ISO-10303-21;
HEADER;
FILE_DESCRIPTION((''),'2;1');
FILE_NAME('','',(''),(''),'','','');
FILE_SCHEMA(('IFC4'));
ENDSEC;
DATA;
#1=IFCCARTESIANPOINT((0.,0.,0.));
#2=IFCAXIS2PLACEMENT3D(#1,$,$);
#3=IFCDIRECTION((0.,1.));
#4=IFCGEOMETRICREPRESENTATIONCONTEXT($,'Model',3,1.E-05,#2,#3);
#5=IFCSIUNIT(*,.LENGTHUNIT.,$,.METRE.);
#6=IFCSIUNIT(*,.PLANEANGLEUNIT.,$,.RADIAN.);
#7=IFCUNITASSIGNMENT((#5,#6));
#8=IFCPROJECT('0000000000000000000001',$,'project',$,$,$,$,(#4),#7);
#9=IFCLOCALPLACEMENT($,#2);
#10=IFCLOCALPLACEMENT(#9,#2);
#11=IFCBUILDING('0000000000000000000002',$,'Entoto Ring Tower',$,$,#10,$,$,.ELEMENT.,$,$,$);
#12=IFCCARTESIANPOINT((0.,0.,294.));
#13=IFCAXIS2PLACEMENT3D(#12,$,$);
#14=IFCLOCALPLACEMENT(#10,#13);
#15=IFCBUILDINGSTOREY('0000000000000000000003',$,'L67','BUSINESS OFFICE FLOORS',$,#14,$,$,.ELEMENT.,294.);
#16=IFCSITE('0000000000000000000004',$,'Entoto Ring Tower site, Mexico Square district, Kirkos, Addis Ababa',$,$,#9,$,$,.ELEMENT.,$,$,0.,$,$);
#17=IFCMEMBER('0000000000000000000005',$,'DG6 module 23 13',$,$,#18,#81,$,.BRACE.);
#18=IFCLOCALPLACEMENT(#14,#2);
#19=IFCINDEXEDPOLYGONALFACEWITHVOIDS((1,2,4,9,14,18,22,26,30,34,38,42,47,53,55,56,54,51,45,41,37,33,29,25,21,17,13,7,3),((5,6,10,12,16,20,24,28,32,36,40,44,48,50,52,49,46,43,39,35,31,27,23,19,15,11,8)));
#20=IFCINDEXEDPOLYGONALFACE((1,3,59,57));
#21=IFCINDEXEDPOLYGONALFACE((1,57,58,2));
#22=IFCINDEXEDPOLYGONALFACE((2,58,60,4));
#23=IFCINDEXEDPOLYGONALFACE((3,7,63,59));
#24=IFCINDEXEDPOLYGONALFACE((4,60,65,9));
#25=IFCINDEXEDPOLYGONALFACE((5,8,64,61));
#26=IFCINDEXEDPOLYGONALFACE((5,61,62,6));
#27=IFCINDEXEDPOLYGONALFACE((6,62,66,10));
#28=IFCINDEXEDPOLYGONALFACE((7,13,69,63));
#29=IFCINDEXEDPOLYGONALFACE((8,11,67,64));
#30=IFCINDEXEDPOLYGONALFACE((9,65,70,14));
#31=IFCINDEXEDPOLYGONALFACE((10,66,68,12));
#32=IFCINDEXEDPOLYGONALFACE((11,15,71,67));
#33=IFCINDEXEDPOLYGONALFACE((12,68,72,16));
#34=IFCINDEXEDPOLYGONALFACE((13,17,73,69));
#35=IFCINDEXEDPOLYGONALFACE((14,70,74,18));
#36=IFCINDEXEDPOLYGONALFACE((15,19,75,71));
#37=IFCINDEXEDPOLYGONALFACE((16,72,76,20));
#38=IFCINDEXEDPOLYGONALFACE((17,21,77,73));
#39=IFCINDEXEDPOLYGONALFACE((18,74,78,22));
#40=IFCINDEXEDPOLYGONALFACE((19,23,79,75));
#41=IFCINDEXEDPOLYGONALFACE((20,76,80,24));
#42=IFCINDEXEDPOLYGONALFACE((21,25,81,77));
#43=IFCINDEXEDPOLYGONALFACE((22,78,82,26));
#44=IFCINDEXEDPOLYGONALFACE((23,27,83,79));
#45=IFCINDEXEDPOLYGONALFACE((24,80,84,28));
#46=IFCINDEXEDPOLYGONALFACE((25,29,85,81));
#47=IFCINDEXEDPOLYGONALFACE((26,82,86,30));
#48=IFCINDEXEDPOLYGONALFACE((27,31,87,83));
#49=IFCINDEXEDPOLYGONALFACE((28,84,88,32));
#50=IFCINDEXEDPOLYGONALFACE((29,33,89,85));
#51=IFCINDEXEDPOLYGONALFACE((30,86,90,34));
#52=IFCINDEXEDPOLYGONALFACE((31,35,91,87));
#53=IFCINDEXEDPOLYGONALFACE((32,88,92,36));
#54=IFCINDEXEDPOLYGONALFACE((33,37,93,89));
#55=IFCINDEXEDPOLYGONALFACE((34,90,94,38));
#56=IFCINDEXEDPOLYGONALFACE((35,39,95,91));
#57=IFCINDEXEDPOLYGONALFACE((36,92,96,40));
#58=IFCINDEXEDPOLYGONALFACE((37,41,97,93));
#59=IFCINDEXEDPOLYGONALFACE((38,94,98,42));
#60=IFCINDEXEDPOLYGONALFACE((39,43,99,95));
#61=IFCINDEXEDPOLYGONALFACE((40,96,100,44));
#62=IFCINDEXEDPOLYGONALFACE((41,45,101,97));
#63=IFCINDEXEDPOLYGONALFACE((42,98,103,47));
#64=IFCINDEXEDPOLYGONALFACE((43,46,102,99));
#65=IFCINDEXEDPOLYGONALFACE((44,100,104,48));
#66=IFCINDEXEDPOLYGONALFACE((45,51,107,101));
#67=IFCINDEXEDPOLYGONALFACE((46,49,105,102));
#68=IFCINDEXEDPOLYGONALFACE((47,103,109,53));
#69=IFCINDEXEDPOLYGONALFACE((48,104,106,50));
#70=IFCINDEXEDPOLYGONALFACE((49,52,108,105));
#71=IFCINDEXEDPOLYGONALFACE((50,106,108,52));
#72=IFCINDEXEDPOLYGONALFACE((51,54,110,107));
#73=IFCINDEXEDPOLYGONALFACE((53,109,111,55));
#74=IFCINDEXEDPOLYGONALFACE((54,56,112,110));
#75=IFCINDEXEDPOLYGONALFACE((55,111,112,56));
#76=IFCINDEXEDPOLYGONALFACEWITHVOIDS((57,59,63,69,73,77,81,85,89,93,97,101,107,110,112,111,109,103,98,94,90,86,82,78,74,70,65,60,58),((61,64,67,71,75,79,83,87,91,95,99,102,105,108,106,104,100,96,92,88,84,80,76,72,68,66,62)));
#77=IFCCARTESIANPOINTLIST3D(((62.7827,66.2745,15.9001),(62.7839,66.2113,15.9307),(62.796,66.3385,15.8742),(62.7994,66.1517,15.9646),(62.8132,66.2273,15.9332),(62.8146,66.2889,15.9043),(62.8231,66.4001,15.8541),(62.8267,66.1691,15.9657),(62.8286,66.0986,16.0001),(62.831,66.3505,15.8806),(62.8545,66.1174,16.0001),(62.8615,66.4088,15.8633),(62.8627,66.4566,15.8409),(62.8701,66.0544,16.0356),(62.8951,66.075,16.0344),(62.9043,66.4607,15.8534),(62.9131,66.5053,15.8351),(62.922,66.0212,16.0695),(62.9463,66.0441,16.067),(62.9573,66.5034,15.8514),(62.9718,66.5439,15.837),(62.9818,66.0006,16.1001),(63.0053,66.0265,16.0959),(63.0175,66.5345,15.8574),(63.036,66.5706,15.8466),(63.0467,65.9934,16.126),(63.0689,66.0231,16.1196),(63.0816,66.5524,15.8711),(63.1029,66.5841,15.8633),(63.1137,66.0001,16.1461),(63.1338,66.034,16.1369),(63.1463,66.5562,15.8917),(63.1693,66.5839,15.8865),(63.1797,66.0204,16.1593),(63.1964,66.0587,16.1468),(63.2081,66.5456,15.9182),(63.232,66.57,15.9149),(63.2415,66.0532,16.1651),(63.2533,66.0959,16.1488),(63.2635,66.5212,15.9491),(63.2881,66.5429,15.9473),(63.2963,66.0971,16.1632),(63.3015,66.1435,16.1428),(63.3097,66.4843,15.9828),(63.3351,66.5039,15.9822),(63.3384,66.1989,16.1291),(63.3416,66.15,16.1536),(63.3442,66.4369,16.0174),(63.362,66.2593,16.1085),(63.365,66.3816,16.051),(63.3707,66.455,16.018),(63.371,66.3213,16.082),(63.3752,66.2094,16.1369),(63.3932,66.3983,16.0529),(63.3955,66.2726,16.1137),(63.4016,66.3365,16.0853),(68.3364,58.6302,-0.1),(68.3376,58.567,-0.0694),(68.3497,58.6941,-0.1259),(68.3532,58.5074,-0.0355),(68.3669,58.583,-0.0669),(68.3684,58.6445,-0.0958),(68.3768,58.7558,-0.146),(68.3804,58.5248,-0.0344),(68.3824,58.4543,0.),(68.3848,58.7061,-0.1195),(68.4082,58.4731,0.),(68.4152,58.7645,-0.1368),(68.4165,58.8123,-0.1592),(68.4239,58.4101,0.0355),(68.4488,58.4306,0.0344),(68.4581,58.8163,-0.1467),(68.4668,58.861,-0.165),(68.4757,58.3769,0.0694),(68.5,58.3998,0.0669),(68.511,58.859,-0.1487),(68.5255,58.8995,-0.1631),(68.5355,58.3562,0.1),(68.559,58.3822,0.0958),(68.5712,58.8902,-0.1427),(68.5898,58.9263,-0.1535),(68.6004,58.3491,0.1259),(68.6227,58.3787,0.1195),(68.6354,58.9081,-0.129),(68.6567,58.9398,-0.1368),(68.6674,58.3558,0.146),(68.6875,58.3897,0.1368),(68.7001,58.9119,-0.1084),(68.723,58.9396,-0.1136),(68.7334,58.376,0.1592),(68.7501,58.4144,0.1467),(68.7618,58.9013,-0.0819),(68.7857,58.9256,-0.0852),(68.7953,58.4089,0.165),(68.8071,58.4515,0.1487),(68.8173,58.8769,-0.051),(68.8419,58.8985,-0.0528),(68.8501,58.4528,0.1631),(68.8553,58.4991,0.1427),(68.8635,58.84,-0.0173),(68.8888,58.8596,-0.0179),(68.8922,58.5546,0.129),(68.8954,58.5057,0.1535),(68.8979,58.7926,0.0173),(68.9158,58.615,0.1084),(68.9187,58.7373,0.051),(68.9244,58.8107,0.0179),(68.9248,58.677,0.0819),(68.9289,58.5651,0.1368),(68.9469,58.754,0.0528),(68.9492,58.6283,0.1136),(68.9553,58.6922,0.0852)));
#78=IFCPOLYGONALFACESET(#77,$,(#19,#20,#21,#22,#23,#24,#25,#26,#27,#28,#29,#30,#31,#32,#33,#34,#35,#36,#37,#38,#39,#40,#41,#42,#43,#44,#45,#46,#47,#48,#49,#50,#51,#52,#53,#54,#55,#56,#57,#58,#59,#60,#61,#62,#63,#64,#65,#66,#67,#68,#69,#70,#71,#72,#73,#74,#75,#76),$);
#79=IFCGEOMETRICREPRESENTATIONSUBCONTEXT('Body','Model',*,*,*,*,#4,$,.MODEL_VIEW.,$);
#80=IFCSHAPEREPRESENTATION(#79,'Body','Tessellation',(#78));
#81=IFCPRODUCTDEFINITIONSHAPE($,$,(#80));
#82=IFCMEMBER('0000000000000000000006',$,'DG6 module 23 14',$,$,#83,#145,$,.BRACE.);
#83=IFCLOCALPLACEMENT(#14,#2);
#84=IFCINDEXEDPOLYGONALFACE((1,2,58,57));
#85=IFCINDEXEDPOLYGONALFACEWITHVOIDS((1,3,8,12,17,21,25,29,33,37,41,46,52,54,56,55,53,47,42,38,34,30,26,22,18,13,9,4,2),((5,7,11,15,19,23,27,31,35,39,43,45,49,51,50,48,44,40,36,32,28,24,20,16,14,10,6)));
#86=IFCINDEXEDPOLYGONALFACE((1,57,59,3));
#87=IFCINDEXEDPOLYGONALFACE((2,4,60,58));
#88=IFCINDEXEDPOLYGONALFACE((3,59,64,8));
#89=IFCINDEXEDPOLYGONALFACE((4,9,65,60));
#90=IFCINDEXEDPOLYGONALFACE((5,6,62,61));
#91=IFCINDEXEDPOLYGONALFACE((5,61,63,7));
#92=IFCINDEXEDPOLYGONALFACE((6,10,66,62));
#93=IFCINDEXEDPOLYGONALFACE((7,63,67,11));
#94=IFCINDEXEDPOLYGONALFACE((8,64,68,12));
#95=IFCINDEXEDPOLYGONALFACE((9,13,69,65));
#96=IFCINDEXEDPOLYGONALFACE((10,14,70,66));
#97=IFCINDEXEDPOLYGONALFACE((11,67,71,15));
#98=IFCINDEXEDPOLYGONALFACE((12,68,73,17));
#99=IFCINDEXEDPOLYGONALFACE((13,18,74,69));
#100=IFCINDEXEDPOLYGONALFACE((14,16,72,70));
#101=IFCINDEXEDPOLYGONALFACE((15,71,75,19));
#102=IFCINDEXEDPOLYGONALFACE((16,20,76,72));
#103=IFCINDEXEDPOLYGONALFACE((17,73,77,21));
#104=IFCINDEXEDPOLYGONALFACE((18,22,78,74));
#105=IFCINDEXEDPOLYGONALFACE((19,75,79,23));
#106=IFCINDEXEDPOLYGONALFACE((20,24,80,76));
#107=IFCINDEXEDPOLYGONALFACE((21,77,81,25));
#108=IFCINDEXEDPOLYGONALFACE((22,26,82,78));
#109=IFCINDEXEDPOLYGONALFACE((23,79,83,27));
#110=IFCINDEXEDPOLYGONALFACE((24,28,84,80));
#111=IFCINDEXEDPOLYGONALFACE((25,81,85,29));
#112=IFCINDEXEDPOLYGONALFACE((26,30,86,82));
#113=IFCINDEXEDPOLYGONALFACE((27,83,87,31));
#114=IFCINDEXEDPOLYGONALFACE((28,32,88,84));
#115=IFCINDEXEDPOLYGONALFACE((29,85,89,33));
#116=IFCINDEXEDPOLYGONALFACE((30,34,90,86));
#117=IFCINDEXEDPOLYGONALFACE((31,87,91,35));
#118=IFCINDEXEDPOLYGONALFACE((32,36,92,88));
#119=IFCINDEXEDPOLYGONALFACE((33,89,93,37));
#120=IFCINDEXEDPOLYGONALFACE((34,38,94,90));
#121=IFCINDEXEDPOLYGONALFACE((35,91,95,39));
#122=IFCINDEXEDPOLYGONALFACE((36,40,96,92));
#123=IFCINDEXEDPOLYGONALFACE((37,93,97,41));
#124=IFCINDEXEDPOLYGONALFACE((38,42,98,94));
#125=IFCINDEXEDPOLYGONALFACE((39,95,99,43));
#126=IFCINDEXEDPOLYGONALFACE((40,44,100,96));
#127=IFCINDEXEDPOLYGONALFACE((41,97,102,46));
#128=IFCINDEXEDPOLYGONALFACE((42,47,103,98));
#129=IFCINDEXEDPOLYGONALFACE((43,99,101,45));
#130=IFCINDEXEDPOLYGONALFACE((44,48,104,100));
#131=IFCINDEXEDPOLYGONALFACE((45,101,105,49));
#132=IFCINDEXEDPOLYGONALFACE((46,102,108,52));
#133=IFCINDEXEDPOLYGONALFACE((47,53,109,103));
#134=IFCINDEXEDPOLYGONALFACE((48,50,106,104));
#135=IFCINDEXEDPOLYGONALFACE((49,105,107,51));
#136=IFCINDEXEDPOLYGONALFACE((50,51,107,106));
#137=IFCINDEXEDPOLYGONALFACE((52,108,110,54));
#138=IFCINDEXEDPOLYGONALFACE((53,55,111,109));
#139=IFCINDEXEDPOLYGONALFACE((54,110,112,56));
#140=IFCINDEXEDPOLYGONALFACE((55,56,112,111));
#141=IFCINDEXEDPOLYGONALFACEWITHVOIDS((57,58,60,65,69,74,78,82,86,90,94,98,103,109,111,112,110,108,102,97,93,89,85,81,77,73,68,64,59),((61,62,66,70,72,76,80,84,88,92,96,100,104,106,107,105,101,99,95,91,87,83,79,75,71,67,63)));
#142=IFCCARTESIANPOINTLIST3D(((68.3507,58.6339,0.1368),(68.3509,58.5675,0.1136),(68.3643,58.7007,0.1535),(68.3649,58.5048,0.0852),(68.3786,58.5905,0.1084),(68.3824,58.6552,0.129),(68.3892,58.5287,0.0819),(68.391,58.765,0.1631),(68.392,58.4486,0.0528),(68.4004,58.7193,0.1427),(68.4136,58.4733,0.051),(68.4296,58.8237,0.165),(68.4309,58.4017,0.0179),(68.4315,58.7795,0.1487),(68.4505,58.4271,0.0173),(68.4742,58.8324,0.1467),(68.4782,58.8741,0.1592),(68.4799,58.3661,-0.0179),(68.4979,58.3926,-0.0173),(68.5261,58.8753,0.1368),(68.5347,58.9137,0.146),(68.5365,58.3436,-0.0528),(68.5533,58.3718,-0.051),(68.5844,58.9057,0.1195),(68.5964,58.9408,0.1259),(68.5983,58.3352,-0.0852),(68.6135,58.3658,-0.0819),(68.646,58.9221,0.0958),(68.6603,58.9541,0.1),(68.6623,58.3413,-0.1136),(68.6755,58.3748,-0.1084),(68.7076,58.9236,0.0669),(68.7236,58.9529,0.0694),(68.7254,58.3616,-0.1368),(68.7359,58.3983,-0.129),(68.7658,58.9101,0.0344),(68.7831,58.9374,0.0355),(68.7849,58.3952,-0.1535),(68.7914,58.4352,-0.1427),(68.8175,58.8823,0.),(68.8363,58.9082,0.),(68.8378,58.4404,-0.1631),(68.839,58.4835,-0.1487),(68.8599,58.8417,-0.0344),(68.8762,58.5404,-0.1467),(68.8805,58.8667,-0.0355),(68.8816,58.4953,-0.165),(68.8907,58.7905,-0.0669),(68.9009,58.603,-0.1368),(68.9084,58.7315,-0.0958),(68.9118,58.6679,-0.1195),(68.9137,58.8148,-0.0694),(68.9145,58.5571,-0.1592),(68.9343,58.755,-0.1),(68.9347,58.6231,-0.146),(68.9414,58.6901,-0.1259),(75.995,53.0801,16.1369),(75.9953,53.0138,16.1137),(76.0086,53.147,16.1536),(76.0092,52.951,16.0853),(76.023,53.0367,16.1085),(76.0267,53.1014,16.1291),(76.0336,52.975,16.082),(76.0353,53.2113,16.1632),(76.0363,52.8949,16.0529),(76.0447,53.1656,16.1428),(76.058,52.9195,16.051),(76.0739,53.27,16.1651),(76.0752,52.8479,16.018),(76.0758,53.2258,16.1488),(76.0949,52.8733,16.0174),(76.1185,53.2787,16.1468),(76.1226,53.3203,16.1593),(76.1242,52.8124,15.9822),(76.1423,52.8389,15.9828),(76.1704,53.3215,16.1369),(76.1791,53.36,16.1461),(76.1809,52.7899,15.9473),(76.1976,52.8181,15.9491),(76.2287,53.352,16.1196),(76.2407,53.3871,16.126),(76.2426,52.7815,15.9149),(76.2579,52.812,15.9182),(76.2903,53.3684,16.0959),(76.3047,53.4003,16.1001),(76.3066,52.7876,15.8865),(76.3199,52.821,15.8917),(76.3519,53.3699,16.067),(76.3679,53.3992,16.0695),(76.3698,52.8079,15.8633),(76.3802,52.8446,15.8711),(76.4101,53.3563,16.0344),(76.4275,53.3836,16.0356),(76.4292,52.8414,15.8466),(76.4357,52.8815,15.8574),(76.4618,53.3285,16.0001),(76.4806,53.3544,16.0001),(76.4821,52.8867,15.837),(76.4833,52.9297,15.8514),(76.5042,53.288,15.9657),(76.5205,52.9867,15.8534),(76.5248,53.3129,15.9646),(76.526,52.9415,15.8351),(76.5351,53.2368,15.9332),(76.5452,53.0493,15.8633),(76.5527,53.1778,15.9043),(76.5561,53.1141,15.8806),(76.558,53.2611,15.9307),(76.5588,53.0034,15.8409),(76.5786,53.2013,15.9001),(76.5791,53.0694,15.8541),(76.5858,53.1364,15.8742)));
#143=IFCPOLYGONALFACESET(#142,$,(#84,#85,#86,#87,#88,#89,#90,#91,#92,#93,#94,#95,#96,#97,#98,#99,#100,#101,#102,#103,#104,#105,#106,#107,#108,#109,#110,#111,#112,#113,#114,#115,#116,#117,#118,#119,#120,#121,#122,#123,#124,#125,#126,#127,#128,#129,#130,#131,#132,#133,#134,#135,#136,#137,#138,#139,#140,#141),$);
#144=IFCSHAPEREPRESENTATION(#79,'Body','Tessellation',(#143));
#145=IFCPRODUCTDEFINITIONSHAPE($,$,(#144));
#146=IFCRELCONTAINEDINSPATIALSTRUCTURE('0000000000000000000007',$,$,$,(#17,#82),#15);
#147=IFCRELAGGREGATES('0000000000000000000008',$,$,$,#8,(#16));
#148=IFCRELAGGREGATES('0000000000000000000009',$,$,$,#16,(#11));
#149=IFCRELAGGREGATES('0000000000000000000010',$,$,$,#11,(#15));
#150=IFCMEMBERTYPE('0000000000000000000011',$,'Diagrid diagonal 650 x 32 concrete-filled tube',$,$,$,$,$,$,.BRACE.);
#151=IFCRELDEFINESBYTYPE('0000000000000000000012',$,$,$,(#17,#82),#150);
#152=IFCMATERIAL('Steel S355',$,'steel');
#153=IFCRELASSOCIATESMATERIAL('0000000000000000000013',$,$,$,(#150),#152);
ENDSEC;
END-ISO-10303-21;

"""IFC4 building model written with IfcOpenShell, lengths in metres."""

from ifc_helpers import new_model, si_unit, direction, frame, origin, origin_2d, place, context, subcontext, project, spatial, circle, hollow_circle, extrude, material, material_profile, profile_set, type_object, element, save


model = new_model("IFC4")

# Units and contexts
model_context = context("Model", 3, precision=1e-05, world=origin(), true_north=direction((0.0, 1.0)))
body_context = subcontext(model_context, "Body", "Model", "MODEL_VIEW")
ifc_project = project(units=[si_unit("LENGTHUNIT", "METRE"), si_unit("PLANEANGLEUNIT", "RADIAN")], contexts=[model_context])

# Site, building, storey
site_placement = place(None, origin())
site = spatial("IfcSite", under=ifc_project, at=site_placement, Name="Entoto Ring Tower site, Mexico Square district, Kirkos, Addis Ababa", CompositionType="ELEMENT", RefElevation=0.0)
building_placement = place(site_placement, origin())
building = spatial("IfcBuilding", under=site, at=building_placement, Name="Entoto Ring Tower", CompositionType="ELEMENT")
storey_placement = place(building_placement, frame((0.0, 0.0, 294.0)))
storey = spatial("IfcBuildingStorey", under=building, at=storey_placement, Name="L67", Description="BUSINESS OFFICE FLOORS", CompositionType="ELEMENT", Elevation=294.0)

# Members
ifc_material_1 = material(Name="Steel S355", Category="steel")
ifc_material_profile_1 = material_profile(ifc_material_1, hollow_circle(Radius=0.325, WallThickness=0.032, at=origin_2d()), Name="CHS 650 x 32")
ifc_material_2 = material(Name="Concrete C60/75", Category="concrete")
ifc_material_profile_2 = material_profile(ifc_material_2, circle(Radius=0.293, at=origin_2d()), Name="Concrete C60/75 infill")
ifc_profile_set_1 = profile_set([ifc_material_profile_1, ifc_material_profile_2], Name="Steel S355")
member_type_1 = type_object("IfcMemberType", Name="Diagrid diagonal 650 x 32 concrete-filled tube", PredefinedType="BRACE", material=ifc_profile_set_1)
for number, where, z_axis, x_axis, name in (
    (1, (68.6453, 58.6453, 0.0), (-0.298881, 0.411388, 0.861063), (-0.809026, -0.587772, 0.0), "DG6 module 23 13"),
    (2, (68.6453, 58.6453, 0.0), (0.411388, -0.298881, 0.861063), (0.587772, 0.809026, 0.0), "DG6 module 23 14"),
):
    element("IfcMember", number, at=place(storey_placement, frame(where, z_axis=z_axis, x_axis=x_axis)), inside=storey, type_object=member_type_1, Name=name, PredefinedType="BRACE", context=body_context, shape_type="SweptSolid", body=[
        extrude(hollow_circle(Radius=0.325, WallThickness=0.032, at=origin_2d()), origin(), (0.0, 0.0, 1.0), 18.5818),
    ])

save(model, "model.ifc")
